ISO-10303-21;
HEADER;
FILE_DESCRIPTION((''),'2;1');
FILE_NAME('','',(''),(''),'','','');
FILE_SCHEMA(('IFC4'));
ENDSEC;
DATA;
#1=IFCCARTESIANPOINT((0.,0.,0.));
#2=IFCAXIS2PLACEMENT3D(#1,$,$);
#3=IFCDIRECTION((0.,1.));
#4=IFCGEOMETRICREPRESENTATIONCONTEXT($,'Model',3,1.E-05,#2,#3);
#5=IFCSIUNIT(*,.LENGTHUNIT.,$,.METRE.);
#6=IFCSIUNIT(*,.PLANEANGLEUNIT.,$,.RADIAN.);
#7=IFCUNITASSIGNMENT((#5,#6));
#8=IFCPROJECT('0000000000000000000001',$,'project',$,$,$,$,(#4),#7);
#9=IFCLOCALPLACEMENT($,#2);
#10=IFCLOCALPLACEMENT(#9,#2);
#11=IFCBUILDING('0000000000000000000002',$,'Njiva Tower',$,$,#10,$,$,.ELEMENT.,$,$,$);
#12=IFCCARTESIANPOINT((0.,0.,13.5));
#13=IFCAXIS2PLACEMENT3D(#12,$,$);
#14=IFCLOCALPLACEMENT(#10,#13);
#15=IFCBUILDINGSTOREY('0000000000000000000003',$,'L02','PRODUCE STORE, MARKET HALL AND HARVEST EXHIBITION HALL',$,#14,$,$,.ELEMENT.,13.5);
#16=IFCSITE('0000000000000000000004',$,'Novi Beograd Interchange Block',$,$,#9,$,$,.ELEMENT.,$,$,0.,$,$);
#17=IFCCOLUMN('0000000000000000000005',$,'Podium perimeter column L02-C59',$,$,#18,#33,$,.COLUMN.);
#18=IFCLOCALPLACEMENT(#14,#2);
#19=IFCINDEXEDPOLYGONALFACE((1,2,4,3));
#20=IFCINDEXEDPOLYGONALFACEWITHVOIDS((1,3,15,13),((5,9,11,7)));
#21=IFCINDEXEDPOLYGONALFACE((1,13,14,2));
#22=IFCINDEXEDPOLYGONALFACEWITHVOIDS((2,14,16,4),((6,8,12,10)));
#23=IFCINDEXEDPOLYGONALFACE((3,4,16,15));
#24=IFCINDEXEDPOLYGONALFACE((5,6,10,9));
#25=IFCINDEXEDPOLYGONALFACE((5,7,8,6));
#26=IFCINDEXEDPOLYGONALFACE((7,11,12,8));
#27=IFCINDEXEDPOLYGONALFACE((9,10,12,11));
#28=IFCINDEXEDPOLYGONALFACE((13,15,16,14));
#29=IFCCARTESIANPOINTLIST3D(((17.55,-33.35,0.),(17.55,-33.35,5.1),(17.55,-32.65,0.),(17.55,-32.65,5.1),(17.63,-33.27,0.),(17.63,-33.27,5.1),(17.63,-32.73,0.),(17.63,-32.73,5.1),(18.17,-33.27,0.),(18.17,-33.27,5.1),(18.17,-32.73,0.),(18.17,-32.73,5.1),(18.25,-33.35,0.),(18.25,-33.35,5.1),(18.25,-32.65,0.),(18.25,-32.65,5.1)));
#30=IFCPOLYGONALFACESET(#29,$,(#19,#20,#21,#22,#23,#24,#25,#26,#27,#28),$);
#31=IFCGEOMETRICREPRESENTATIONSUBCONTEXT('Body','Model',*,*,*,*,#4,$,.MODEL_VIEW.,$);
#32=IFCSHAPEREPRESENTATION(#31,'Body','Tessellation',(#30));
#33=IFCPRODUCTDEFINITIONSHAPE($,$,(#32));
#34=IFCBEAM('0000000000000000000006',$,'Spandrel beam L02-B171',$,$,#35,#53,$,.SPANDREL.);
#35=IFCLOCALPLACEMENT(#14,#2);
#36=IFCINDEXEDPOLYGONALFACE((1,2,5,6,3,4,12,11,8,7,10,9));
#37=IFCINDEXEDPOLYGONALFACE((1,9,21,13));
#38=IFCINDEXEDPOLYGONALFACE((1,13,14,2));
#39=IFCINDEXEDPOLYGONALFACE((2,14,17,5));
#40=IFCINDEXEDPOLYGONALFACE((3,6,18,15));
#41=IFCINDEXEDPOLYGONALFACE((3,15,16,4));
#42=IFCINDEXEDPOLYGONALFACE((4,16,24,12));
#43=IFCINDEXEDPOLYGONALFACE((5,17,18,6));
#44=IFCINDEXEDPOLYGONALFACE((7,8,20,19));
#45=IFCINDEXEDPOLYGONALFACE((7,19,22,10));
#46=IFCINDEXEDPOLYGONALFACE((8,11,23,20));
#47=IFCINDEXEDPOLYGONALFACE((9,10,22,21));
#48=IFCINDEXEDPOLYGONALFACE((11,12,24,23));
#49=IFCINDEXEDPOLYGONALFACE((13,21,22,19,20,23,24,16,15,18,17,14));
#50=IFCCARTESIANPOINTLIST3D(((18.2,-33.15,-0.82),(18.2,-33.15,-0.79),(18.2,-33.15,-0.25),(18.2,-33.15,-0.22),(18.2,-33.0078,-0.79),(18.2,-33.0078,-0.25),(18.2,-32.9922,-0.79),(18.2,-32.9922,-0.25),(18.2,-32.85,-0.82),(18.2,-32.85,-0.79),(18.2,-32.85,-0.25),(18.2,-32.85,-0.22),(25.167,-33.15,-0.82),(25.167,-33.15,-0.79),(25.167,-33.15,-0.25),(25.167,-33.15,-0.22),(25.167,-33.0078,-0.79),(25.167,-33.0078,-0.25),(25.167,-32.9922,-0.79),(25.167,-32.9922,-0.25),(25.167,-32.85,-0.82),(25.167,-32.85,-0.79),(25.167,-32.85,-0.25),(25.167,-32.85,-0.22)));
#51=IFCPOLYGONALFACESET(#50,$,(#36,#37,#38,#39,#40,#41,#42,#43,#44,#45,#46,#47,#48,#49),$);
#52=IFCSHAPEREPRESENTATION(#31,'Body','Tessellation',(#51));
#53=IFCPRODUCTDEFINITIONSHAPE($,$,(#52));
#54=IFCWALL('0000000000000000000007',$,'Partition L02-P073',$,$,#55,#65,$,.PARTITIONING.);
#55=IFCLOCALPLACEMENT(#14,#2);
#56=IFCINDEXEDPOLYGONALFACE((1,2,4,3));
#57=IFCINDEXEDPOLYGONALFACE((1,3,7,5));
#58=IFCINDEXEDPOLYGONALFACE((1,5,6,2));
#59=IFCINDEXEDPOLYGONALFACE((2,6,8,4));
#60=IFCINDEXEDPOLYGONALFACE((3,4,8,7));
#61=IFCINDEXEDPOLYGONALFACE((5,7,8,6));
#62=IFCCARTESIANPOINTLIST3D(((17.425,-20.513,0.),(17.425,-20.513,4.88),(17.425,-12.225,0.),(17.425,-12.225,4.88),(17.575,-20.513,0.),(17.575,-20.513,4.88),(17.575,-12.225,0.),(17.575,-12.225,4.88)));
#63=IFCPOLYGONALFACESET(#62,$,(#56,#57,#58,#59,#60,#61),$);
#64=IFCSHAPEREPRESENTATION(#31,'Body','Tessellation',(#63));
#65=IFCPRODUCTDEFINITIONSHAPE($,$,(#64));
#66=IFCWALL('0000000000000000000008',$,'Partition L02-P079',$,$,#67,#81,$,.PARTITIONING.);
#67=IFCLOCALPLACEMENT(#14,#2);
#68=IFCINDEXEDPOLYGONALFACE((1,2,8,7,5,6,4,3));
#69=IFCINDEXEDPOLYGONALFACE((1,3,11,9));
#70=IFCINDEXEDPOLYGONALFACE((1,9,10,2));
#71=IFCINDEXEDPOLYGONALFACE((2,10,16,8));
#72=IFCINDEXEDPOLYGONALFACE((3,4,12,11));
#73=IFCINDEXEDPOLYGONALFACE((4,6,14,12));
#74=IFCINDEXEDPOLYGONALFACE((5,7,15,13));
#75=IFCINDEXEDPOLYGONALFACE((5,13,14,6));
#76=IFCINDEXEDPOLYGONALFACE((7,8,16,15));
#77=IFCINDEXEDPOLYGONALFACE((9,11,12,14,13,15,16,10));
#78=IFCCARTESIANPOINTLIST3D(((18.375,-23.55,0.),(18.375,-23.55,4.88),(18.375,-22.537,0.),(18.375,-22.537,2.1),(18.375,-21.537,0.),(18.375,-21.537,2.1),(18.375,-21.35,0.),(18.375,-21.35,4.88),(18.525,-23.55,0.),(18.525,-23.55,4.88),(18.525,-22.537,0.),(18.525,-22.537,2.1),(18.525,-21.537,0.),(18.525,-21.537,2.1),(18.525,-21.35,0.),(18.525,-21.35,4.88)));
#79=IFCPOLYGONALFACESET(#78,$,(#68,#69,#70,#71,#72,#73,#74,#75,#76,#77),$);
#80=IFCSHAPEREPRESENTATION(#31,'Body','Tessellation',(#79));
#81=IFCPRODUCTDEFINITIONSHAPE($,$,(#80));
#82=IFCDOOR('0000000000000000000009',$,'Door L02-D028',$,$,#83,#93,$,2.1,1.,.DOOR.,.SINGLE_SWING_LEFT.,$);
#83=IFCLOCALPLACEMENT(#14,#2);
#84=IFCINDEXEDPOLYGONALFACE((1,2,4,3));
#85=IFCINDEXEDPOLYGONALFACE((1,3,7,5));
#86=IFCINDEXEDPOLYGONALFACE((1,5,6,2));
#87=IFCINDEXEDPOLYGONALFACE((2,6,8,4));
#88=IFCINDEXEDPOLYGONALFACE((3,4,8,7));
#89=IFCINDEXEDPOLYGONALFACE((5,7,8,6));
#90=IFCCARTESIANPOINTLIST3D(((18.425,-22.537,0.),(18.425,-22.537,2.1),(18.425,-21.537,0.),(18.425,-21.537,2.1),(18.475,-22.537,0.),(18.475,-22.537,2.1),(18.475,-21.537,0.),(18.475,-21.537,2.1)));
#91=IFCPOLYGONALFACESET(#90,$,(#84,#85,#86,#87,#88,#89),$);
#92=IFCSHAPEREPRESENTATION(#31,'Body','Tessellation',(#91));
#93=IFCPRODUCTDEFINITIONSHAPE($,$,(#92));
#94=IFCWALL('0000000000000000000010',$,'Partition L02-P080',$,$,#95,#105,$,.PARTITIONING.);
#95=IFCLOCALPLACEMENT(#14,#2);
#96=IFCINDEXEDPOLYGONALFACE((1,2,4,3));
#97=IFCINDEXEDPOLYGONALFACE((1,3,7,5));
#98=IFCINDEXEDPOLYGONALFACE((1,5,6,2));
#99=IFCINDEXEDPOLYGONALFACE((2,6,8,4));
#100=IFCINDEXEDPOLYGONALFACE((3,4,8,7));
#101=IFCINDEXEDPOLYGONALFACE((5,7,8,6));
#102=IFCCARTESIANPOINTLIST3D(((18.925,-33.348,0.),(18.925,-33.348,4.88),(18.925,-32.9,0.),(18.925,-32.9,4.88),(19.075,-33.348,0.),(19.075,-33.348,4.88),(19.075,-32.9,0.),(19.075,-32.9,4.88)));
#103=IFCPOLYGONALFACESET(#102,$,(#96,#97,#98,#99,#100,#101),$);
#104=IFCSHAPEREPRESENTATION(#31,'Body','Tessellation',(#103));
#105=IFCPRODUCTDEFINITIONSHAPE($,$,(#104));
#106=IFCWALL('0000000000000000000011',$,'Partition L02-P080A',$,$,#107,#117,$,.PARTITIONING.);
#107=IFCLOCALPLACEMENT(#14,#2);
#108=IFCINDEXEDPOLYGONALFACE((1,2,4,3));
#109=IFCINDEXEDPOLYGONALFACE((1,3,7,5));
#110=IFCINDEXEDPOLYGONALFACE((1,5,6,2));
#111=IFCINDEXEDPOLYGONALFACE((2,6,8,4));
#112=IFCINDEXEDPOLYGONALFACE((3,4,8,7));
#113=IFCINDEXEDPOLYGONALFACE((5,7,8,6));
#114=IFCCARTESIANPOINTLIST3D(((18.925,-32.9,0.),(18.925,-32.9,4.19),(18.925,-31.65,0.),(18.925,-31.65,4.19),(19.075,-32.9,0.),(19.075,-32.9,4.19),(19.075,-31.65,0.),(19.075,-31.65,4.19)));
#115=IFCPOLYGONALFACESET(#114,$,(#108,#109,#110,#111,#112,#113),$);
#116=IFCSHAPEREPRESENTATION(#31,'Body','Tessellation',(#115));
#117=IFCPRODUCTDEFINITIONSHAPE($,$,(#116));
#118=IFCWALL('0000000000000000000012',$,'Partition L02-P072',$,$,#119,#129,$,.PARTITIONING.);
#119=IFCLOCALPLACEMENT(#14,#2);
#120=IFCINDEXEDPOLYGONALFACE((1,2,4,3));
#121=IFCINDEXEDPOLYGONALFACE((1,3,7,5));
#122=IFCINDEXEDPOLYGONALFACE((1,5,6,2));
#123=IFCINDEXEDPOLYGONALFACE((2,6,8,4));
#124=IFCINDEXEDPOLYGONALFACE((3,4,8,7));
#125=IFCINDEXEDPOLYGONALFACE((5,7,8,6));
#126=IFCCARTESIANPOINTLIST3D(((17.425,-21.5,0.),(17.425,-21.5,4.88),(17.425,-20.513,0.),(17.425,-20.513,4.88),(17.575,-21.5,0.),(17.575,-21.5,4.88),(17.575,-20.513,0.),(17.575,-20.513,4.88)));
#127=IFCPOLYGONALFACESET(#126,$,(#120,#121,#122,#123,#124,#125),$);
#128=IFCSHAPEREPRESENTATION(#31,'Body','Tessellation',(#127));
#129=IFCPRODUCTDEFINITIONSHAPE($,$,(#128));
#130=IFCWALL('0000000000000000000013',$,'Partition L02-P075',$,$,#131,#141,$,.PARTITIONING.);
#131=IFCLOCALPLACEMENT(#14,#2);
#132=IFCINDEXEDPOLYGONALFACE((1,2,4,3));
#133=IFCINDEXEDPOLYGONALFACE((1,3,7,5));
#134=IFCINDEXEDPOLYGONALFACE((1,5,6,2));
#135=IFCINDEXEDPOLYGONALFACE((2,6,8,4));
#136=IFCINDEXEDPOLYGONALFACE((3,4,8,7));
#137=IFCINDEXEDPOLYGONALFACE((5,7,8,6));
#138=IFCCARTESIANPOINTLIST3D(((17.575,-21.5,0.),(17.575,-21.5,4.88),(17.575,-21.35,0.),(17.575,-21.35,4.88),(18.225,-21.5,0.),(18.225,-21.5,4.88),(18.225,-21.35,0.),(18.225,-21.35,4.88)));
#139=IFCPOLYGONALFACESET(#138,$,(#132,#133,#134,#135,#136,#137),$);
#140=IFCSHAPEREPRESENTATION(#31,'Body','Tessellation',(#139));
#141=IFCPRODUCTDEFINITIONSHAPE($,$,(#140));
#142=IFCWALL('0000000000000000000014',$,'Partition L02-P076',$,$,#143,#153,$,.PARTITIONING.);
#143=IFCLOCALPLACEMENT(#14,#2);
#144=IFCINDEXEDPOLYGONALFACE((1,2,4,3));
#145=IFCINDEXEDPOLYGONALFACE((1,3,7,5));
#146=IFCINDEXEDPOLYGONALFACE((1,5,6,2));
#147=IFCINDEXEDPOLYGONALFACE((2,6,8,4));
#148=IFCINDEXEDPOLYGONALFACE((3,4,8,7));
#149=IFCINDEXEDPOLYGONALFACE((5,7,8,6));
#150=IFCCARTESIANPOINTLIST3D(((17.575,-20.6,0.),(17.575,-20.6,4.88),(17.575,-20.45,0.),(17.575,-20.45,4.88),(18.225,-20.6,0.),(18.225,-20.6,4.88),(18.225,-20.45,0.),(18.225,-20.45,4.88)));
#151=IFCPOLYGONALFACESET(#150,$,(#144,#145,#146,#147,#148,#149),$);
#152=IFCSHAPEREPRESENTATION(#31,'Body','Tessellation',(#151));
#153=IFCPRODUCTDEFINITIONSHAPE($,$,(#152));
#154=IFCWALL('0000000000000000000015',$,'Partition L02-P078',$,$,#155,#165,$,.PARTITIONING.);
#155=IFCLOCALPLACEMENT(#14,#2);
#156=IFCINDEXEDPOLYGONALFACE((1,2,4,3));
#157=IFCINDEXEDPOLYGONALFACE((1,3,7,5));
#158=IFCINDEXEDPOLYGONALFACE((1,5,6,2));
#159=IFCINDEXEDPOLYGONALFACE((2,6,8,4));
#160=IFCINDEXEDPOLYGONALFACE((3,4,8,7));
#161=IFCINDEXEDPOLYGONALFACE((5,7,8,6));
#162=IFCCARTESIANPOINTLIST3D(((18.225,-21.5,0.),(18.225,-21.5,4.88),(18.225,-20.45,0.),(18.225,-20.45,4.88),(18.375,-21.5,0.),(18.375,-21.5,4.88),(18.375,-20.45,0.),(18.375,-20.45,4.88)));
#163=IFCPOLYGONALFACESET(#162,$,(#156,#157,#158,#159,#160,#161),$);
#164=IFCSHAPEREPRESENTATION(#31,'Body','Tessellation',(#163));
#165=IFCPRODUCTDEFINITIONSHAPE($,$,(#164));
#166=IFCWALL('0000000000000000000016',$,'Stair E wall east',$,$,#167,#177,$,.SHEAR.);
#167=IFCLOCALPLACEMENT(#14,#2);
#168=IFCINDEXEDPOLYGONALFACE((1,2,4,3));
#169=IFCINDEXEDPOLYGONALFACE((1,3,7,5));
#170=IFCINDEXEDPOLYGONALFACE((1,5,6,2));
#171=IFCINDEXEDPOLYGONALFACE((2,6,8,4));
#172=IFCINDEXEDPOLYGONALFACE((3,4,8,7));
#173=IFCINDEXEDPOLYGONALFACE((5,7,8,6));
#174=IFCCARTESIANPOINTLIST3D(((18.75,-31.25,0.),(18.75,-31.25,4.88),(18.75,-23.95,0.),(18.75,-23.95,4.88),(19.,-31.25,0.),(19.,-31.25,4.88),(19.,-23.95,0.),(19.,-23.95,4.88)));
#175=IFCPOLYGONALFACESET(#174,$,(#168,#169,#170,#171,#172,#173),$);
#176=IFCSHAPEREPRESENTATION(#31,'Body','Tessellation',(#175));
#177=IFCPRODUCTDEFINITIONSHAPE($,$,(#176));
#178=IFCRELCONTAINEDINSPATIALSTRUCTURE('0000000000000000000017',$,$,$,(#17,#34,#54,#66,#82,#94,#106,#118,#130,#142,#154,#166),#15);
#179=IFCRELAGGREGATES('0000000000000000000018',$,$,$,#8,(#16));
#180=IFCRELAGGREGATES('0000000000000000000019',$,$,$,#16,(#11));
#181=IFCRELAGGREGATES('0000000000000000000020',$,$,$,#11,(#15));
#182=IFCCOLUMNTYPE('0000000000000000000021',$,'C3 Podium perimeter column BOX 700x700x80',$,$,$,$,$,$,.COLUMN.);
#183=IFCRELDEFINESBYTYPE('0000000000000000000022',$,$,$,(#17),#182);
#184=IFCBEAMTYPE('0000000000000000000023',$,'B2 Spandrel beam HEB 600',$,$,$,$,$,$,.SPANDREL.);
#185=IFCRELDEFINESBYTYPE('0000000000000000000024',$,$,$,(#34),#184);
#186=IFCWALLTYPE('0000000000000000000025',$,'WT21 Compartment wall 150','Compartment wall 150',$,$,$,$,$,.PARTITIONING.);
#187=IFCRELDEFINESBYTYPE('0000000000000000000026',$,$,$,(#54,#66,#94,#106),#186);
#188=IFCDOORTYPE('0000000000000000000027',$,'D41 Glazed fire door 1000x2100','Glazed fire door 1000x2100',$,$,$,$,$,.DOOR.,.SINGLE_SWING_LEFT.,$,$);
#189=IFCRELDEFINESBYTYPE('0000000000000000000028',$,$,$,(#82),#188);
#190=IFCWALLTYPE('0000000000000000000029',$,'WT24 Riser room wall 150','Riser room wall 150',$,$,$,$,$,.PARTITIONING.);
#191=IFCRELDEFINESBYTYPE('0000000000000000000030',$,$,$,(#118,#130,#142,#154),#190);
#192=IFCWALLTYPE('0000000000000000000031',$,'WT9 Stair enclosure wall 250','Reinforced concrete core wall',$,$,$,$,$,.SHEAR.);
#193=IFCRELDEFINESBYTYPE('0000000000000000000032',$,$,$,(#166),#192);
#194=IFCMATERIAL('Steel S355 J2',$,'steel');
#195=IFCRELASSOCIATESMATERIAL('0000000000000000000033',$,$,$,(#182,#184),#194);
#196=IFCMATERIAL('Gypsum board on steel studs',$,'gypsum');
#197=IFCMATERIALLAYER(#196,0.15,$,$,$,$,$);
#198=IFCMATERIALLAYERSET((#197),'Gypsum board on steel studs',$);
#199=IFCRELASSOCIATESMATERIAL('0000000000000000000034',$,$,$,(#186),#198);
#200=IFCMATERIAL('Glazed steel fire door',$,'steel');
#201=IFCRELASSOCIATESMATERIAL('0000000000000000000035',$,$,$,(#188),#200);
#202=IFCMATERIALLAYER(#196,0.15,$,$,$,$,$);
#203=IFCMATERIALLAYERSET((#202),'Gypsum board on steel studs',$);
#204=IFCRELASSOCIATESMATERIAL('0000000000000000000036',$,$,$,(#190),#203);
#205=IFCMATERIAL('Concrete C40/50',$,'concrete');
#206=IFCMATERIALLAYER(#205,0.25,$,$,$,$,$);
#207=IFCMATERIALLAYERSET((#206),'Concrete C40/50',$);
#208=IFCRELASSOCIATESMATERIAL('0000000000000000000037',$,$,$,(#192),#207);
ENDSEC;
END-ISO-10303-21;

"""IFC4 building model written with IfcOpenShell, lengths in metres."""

from ifc_helpers import new_model, si_unit, direction, frame, frame_2d, origin, origin_2d, place, context, subcontext, project, spatial, rectangle, hollow_rectangle, i_section, extrude, material, layer, layer_set, material_profile, profile_set, type_object, element, fill, save


model = new_model("IFC4")

# Units and contexts
model_context = context("Model", 3, precision=1e-05, world=origin(), true_north=direction((0.0, 1.0)))
body_context = subcontext(model_context, "Body", "Model", "MODEL_VIEW")
ifc_project = project(units=[si_unit("LENGTHUNIT", "METRE"), si_unit("PLANEANGLEUNIT", "RADIAN")], contexts=[model_context])

# Site, building, storey
site_placement = place(None, origin())
site = spatial("IfcSite", under=ifc_project, at=site_placement, Name="Novi Beograd Interchange Block", CompositionType="ELEMENT", RefElevation=0.0)
building_placement = place(site_placement, origin())
building = spatial("IfcBuilding", under=site, at=building_placement, Name="Njiva Tower", CompositionType="ELEMENT")
storey_placement = place(building_placement, frame((0.0, 0.0, 13.5)))
storey = spatial("IfcBuildingStorey", under=building, at=storey_placement, Name="L02", Description="PRODUCE STORE, MARKET HALL AND HARVEST EXHIBITION HALL", CompositionType="ELEMENT", Elevation=13.5)

# Column
ifc_material_1 = material(Name="Steel S355 J2", Category="steel")
ifc_material_profile_1 = material_profile(ifc_material_1, hollow_rectangle(XDim=0.7, YDim=0.7, WallThickness=0.08, at=origin_2d()), Name="BOX 700x700x80")
ifc_profile_set_1 = profile_set([ifc_material_profile_1], Name="Steel S355 J2")
column_type = type_object("IfcColumnType", Name="C3 Podium perimeter column BOX 700x700x80", PredefinedType="COLUMN", material=ifc_profile_set_1)
column_placement = place(storey_placement, frame((17.9, -33.0, 0.0), z_axis=(0.0, 0.0, 1.0), x_axis=(1.0, 0.0, 0.0)))
element("IfcColumn", 1, at=column_placement, inside=storey, type_object=column_type, Name="Podium perimeter column L02-C59", PredefinedType="COLUMN", context=body_context, shape_type="SweptSolid", body=[
    extrude(hollow_rectangle(XDim=0.7, YDim=0.7, WallThickness=0.08, at=origin_2d()), origin(), (0.0, 0.0, 1.0), 5.1),
])

# Beam
ifc_material_profile_2 = material_profile(ifc_material_1, i_section(OverallWidth=0.3, OverallDepth=0.6, WebThickness=0.0155, FlangeThickness=0.03, at=origin_2d()), Name="HEB 600")
ifc_profile_set_2 = profile_set([ifc_material_profile_2], Name="Steel S355 J2")
beam_type = type_object("IfcBeamType", Name="B2 Spandrel beam HEB 600", PredefinedType="SPANDREL", material=ifc_profile_set_2)
beam_placement = place(storey_placement, frame((18.2, -33.0, -0.52), z_axis=(1.0, 0.0, 0.0), x_axis=(0.0, 1.0, 0.0)))
element("IfcBeam", 2, at=beam_placement, inside=storey, type_object=beam_type, Name="Spandrel beam L02-B171", PredefinedType="SPANDREL", context=body_context, shape_type="SweptSolid", body=[
    extrude(i_section(OverallWidth=0.3, OverallDepth=0.6, WebThickness=0.0155, FlangeThickness=0.03, at=origin_2d()), origin(), (0.0, 0.0, 1.0), 6.967),
])

# Wall
ifc_material_2 = material(Name="Gypsum board on steel studs", Category="gypsum")
ifc_layer_1 = layer(ifc_material_2, 0.15)
ifc_layer_set_1 = layer_set([ifc_layer_1], Name="Gypsum board on steel studs")
wall_type_1 = type_object("IfcWallType", Name="WT21 Compartment wall 150", Description="Compartment wall 150", PredefinedType="PARTITIONING", material=ifc_layer_set_1)
wall_1_placement = place(storey_placement, frame((17.5, -20.513, 0.0), z_axis=(0.0, 0.0, 1.0), x_axis=(0.0, 1.0, 0.0)))
element("IfcWall", 3, at=wall_1_placement, inside=storey, type_object=wall_type_1, Name="Partition L02-P073", PredefinedType="PARTITIONING", context=body_context, shape_type="SweptSolid", body=[
    extrude(rectangle(XDim=8.288, YDim=0.15, at=frame_2d((4.144, 0.0))), origin(), (0.0, 0.0, 1.0), 4.88),
])

# Wall, opening, door
wall_2_placement = place(storey_placement, frame((18.45, -23.55, 0.0), z_axis=(0.0, 0.0, 1.0), x_axis=(0.0, 1.0, 0.0)))
wall_2 = element("IfcWall", 4, at=wall_2_placement, inside=storey, type_object=wall_type_1, Name="Partition L02-P079", PredefinedType="PARTITIONING", context=body_context, shape_type="SweptSolid", body=[
    extrude(rectangle(XDim=2.2, YDim=0.15, at=frame_2d((1.1, 0.0))), origin(), (0.0, 0.0, 1.0), 4.88),
])
opening_placement = place(wall_2_placement, frame((1.013, 0.0, 0.0)))
opening = element("IfcOpeningElement", 5, at=opening_placement, cuts=wall_2, PredefinedType="OPENING", context=body_context, shape_type="SweptSolid", body=[
    extrude(rectangle(XDim=1.0, YDim=2.1, at=frame_2d((0.5, 1.05))), frame((0.0, 0.085, 0.0), z_axis=(0.0, -1.0, 0.0), x_axis=(1.0, 0.0, 0.0)), (0.0, 0.0, 1.0), 0.17),
])
ifc_material_3 = material(Name="Glazed steel fire door", Category="steel")
door_type = type_object("IfcDoorType", Name="D41 Glazed fire door 1000x2100", Description="Glazed fire door 1000x2100", OperationType="SINGLE_SWING_LEFT", PredefinedType="DOOR", material=ifc_material_3)
door_placement = place(opening_placement, origin())
door = element("IfcDoor", 6, at=door_placement, inside=storey, type_object=door_type, Name="Door L02-D028", OperationType="SINGLE_SWING_LEFT", OverallHeight=2.1, OverallWidth=1.0, PredefinedType="DOOR", context=body_context, shape_type="SweptSolid", body=[
    extrude(rectangle(XDim=1.0, YDim=2.1, at=frame_2d((0.5, 1.05))), frame((0.0, 0.025, 0.0), z_axis=(0.0, -1.0, 0.0), x_axis=(1.0, 0.0, 0.0)), (0.0, 0.0, 1.0), 0.05),
])
fill(opening, door)

# Walls
wall_3_placement = place(storey_placement, frame((19.0, -33.348, 0.0), z_axis=(0.0, 0.0, 1.0), x_axis=(0.0, 1.0, 0.0)))
element("IfcWall", 7, at=wall_3_placement, inside=storey, type_object=wall_type_1, Name="Partition L02-P080", PredefinedType="PARTITIONING", context=body_context, shape_type="SweptSolid", body=[
    extrude(rectangle(XDim=0.448, YDim=0.15, at=frame_2d((0.224, 0.0))), origin(), (0.0, 0.0, 1.0), 4.88),
])
wall_4_placement = place(storey_placement, frame((19.0, -32.9, 0.0), z_axis=(0.0, 0.0, 1.0), x_axis=(0.0, 1.0, 0.0)))
element("IfcWall", 8, at=wall_4_placement, inside=storey, type_object=wall_type_1, Name="Partition L02-P080A", PredefinedType="PARTITIONING", context=body_context, shape_type="SweptSolid", body=[
    extrude(rectangle(XDim=1.25, YDim=0.15, at=frame_2d((0.625, 0.0))), origin(), (0.0, 0.0, 1.0), 4.19),
])
ifc_layer_2 = layer(ifc_material_2, 0.15)
ifc_layer_set_2 = layer_set([ifc_layer_2], Name="Gypsum board on steel studs")
wall_type_2 = type_object("IfcWallType", Name="WT24 Riser room wall 150", Description="Riser room wall 150", PredefinedType="PARTITIONING", material=ifc_layer_set_2)
wall_5_placement = place(storey_placement, frame((17.5, -21.5, 0.0), z_axis=(0.0, 0.0, 1.0), x_axis=(0.0, 1.0, 0.0)))
element("IfcWall", 9, at=wall_5_placement, inside=storey, type_object=wall_type_2, Name="Partition L02-P072", PredefinedType="PARTITIONING", context=body_context, shape_type="SweptSolid", body=[
    extrude(rectangle(XDim=0.987, YDim=0.15, at=frame_2d((0.4935, 0.0))), origin(), (0.0, 0.0, 1.0), 4.88),
])
for number, where, z_axis, x_axis, name in (
    (10, (17.575, -21.425, 0.0), (0.0, 0.0, 1.0), (1.0, 0.0, 0.0), "Partition L02-P075"),
    (11, (17.575, -20.525, 0.0), (0.0, 0.0, 1.0), (1.0, 0.0, 0.0), "Partition L02-P076"),
):
    element("IfcWall", number, at=place(storey_placement, frame(where, z_axis=z_axis, x_axis=x_axis)), inside=storey, type_object=wall_type_2, Name=name, PredefinedType="PARTITIONING", context=body_context, shape_type="SweptSolid", body=[
        extrude(rectangle(XDim=0.65, YDim=0.15, at=frame_2d((0.325, 0.0))), origin(), (0.0, 0.0, 1.0), 4.88),
    ])
wall_6_placement = place(storey_placement, frame((18.3, -21.5, 0.0), z_axis=(0.0, 0.0, 1.0), x_axis=(0.0, 1.0, 0.0)))
element("IfcWall", 12, at=wall_6_placement, inside=storey, type_object=wall_type_2, Name="Partition L02-P078", PredefinedType="PARTITIONING", context=body_context, shape_type="SweptSolid", body=[
    extrude(rectangle(XDim=1.05, YDim=0.15, at=frame_2d((0.525, 0.0))), origin(), (0.0, 0.0, 1.0), 4.88),
])
ifc_material_4 = material(Name="Concrete C40/50", Category="concrete")
ifc_layer_3 = layer(ifc_material_4, 0.25)
ifc_layer_set_3 = layer_set([ifc_layer_3], Name="Concrete C40/50")
wall_type_3 = type_object("IfcWallType", Name="WT9 Stair enclosure wall 250", Description="Reinforced concrete core wall", PredefinedType="SHEAR", material=ifc_layer_set_3)
wall_7_placement = place(storey_placement, frame((18.875, -31.25, 0.0), z_axis=(0.0, 0.0, 1.0), x_axis=(0.0, 1.0, 0.0)))
element("IfcWall", 13, at=wall_7_placement, inside=storey, type_object=wall_type_3, Name="Stair E wall east", PredefinedType="SHEAR", context=body_context, shape_type="SweptSolid", body=[
    extrude(rectangle(XDim=7.3, YDim=0.25, at=frame_2d((3.65, 0.0))), origin(), (0.0, 0.0, 1.0), 4.88),
])

save(model, "model.ifc")
